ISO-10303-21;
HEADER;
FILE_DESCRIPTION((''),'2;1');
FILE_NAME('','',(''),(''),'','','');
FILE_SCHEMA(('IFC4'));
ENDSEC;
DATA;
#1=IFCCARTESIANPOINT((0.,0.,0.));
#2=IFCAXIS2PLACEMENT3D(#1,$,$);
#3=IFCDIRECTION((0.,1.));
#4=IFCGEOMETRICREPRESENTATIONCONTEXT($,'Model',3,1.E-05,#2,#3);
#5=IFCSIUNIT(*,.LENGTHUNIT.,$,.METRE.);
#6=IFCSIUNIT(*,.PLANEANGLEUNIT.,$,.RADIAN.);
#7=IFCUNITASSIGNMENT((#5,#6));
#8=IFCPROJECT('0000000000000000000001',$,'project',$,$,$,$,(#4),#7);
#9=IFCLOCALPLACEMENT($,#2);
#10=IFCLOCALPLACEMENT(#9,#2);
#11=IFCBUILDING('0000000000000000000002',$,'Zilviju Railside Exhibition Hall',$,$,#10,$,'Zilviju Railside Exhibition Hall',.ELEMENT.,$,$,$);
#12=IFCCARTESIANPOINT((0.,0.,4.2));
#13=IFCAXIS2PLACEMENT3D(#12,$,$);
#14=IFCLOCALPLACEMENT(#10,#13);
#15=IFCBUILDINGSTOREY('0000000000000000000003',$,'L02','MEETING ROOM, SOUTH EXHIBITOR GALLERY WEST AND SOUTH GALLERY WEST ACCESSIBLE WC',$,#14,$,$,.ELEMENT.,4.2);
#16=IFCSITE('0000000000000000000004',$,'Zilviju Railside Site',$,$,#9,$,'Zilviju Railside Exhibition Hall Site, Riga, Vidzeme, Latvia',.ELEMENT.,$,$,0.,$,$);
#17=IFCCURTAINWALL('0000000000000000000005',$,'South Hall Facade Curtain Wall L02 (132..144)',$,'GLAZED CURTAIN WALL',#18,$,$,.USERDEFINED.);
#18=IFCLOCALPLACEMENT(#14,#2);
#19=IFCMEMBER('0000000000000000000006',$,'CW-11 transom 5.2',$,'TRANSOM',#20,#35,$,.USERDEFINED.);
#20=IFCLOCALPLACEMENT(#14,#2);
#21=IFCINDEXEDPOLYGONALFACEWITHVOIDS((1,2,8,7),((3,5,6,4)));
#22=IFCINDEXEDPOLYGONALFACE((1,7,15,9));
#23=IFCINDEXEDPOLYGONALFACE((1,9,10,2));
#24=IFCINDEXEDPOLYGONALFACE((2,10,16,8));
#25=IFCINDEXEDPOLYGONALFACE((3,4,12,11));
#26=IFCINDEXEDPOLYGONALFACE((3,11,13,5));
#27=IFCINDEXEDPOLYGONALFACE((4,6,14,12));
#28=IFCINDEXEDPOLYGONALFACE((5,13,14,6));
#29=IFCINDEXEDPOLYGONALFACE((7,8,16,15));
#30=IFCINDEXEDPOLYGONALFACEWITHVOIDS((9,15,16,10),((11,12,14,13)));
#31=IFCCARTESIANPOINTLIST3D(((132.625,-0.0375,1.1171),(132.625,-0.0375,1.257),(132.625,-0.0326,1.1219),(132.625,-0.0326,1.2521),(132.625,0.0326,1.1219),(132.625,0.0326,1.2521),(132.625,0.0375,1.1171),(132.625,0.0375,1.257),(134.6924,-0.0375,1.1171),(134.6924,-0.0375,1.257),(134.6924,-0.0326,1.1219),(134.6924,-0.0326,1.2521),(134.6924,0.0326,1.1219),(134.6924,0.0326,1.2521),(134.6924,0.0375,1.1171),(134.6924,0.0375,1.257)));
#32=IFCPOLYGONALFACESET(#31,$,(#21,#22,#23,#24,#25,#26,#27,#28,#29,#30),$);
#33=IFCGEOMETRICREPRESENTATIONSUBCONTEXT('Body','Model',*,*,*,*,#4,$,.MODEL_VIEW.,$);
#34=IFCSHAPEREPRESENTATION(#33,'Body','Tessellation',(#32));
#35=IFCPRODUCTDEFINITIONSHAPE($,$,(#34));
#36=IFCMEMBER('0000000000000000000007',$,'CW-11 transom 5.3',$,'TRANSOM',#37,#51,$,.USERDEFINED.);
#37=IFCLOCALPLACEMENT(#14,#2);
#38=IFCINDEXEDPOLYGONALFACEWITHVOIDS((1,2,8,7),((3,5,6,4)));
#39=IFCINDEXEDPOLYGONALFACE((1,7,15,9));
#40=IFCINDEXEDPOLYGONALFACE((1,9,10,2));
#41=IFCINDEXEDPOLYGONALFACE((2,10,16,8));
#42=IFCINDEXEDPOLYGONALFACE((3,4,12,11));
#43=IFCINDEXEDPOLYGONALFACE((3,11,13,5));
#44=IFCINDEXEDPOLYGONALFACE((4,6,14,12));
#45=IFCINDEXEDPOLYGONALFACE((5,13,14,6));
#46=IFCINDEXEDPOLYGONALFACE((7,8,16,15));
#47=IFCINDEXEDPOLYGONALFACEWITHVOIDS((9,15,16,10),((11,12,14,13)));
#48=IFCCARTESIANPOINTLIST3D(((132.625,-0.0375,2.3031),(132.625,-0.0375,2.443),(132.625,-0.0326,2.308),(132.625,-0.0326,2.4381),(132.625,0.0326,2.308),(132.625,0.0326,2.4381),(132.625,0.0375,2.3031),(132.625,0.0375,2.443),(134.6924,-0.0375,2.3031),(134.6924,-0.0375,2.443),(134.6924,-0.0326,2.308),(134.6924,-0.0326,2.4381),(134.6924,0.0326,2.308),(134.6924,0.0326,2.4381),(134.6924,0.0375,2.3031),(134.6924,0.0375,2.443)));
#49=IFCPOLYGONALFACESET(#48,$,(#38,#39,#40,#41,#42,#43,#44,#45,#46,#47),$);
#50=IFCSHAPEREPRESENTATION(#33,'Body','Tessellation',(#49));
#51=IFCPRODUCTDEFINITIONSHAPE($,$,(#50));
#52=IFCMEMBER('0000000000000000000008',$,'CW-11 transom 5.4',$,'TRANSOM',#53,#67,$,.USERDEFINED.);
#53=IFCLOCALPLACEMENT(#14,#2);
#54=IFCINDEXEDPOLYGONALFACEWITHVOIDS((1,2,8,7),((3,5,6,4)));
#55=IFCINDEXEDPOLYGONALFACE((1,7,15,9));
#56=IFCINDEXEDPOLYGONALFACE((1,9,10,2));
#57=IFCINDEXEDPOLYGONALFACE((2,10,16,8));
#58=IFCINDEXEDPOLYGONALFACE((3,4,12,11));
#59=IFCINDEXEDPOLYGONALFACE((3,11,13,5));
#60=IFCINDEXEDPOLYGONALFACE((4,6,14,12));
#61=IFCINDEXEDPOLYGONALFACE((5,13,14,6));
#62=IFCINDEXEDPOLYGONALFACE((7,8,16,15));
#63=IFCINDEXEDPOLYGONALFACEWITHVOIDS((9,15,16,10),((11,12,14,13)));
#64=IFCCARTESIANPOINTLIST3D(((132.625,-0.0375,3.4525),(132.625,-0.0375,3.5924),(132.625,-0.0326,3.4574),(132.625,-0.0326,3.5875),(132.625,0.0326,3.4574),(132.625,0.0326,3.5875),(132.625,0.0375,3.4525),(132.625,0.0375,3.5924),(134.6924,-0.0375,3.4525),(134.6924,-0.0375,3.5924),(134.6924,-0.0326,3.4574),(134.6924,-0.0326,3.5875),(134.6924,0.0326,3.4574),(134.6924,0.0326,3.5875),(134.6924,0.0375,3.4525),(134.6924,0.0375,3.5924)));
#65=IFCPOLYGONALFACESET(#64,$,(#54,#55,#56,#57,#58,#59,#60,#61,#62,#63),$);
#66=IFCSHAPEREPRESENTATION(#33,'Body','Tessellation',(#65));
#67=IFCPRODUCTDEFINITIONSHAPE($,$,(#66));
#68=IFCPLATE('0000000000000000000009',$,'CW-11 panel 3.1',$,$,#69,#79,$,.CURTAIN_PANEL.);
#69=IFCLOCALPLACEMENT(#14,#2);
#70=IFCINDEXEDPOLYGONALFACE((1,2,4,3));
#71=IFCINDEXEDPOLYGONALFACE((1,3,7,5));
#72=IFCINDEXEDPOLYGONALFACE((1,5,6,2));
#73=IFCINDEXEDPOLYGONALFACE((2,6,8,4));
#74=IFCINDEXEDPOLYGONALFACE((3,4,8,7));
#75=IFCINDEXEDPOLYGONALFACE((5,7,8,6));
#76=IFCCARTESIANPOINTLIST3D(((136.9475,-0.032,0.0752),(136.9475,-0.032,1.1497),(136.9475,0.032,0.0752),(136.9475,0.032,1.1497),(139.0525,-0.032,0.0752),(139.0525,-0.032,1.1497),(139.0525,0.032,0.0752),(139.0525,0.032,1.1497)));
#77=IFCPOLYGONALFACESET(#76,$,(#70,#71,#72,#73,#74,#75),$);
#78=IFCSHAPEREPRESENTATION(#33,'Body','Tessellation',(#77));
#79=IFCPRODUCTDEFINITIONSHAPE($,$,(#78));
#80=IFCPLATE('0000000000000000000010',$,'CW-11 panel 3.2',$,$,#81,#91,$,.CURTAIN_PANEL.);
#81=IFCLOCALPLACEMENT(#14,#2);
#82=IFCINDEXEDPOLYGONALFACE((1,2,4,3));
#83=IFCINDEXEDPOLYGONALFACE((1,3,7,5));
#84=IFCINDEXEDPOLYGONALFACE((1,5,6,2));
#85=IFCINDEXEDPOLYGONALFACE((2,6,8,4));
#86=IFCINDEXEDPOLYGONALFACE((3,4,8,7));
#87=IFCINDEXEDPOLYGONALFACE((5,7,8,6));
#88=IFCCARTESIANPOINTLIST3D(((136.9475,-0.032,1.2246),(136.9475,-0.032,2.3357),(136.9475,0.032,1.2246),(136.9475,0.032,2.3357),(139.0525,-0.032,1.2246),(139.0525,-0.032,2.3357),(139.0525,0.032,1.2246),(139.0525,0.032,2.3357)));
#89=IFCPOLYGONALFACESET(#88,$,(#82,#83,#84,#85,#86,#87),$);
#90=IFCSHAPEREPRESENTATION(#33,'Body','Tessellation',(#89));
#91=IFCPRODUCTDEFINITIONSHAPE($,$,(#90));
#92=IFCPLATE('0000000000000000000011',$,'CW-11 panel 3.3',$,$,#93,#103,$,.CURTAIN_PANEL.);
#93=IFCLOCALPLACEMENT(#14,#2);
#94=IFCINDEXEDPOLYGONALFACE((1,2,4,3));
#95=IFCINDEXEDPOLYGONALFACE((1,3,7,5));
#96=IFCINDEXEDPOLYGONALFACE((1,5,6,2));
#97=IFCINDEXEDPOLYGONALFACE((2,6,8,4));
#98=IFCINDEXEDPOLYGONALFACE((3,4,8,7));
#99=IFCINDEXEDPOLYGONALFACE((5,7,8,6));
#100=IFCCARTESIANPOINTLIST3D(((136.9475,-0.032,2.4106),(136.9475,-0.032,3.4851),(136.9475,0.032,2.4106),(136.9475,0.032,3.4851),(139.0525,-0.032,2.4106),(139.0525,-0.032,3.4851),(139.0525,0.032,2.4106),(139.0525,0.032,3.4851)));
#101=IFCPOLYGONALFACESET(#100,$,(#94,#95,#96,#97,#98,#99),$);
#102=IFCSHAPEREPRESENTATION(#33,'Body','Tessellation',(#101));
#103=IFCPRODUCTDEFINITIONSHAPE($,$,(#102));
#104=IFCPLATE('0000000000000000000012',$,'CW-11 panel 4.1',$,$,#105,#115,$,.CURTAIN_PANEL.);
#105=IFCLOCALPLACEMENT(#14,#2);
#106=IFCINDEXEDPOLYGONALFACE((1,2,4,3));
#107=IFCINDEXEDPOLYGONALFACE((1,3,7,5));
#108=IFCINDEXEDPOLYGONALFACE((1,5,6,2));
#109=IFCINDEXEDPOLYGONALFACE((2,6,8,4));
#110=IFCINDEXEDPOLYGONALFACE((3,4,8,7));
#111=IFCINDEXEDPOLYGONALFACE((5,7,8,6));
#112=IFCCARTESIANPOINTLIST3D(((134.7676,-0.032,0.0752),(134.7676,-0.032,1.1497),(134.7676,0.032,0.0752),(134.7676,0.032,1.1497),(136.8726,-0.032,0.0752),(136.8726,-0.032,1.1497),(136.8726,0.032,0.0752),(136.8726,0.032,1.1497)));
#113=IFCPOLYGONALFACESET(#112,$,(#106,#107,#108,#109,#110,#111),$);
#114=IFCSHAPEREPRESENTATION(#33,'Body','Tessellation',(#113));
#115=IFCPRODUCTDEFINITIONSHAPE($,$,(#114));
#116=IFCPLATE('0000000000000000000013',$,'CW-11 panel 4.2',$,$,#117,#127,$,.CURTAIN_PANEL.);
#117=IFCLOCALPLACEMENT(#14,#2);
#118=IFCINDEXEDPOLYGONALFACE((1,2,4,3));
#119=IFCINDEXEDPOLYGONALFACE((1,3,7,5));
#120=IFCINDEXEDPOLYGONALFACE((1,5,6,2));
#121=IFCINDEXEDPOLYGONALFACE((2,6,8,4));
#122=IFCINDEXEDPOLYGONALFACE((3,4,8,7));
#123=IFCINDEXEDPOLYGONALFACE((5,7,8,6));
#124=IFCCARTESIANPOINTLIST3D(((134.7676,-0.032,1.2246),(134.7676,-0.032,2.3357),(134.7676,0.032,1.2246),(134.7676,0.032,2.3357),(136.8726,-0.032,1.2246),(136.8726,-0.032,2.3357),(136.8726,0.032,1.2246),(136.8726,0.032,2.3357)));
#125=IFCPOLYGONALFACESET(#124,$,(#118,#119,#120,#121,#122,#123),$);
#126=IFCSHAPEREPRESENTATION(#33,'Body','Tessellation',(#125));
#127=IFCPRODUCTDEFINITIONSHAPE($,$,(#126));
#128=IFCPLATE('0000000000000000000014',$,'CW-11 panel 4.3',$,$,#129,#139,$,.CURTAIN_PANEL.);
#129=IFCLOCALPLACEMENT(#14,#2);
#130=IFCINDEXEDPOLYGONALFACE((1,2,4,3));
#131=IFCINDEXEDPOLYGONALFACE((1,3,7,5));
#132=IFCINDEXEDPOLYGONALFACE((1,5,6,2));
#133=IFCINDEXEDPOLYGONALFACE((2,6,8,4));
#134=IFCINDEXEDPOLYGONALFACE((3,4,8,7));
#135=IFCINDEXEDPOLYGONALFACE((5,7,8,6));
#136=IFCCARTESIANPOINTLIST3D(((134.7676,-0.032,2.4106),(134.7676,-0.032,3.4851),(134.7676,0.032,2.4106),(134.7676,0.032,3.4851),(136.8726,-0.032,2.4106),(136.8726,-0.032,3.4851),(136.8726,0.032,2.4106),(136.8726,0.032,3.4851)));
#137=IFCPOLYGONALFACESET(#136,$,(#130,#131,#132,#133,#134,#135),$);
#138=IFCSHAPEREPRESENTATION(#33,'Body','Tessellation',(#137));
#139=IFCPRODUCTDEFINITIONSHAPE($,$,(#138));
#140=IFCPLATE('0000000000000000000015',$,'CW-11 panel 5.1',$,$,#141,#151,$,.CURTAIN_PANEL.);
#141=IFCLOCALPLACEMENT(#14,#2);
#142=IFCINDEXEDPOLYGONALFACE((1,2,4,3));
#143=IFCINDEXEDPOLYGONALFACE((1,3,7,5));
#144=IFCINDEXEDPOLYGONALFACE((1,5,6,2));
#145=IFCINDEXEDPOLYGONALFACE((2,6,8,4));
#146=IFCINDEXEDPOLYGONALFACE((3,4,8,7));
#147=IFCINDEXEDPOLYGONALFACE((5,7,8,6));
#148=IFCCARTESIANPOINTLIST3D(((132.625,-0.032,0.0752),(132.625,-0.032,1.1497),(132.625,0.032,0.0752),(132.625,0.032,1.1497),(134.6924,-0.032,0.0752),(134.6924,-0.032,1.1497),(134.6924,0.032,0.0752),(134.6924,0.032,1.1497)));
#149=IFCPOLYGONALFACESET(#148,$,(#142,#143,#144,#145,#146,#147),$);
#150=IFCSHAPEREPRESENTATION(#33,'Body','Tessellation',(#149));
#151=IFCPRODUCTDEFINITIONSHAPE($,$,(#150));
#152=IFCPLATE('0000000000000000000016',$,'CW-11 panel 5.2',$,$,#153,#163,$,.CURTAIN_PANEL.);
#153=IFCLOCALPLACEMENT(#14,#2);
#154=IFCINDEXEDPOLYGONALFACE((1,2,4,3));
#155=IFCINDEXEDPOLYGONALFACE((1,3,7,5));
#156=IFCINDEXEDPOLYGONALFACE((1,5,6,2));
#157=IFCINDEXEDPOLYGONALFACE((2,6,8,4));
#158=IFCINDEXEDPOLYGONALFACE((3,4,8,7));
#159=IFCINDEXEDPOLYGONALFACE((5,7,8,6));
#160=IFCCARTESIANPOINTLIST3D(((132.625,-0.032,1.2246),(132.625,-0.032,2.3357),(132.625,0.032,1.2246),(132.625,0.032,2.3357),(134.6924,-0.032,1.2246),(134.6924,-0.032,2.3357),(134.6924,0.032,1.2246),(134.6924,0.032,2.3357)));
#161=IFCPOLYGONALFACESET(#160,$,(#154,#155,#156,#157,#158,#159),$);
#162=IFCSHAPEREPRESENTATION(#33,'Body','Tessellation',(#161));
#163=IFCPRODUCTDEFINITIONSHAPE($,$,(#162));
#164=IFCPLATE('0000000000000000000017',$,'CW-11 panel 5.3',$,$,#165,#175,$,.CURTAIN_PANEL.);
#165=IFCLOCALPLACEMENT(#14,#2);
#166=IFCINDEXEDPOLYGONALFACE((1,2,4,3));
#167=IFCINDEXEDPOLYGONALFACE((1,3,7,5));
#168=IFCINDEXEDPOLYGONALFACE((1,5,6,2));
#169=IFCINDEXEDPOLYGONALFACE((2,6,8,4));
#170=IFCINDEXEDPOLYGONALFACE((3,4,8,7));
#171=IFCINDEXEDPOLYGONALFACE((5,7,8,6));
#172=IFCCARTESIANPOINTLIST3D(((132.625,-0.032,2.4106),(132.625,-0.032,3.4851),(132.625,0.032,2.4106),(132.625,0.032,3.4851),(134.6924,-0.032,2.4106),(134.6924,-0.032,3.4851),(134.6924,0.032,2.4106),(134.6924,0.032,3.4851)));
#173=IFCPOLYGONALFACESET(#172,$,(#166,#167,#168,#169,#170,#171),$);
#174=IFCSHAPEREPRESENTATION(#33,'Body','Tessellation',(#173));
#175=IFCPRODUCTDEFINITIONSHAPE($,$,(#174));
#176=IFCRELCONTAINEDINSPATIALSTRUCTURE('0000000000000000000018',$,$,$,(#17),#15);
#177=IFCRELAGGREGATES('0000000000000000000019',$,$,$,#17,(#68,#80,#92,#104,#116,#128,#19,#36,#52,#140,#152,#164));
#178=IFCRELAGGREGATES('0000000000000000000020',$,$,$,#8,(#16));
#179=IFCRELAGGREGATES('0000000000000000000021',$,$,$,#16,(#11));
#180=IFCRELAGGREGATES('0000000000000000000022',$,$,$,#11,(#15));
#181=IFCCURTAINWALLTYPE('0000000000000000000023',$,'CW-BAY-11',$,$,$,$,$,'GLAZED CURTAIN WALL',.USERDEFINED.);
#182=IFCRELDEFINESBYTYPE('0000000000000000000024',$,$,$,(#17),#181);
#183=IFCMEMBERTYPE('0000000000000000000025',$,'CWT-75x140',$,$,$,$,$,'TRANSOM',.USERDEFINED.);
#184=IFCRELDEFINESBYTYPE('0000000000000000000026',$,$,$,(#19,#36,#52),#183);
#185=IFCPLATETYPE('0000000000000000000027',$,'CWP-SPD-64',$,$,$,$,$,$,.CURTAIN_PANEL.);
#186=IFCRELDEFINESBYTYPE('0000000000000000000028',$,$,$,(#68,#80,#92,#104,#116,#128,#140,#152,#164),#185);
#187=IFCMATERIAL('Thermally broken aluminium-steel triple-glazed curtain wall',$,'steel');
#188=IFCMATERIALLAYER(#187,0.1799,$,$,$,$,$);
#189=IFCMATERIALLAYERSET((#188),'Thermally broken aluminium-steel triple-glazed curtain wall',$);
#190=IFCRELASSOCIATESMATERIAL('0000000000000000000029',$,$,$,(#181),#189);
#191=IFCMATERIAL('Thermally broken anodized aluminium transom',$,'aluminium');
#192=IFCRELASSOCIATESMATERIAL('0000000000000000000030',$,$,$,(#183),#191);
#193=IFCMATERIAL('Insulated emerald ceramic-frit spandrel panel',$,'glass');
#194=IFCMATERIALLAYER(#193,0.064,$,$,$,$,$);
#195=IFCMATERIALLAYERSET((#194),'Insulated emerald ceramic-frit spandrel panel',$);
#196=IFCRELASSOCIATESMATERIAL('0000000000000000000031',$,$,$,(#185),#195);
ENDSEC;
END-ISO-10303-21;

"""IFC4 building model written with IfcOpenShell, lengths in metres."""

from ifc_helpers import new_model, si_unit, direction, frame, origin, origin_2d, place, context, subcontext, project, spatial, rectangle, hollow_rectangle, extrude, material, layer, layer_set, material_profile, profile_set, type_object, element, aggregate, save


model = new_model("IFC4")

# Units and contexts
model_context = context("Model", 3, precision=1e-05, world=origin(), true_north=direction((0.0, 1.0)))
body_context = subcontext(model_context, "Body", "Model", "MODEL_VIEW")
ifc_project = project(units=[si_unit("LENGTHUNIT", "METRE"), si_unit("PLANEANGLEUNIT", "RADIAN")], contexts=[model_context])

# Site, building, storey
site_placement = place(None, origin())
site = spatial("IfcSite", under=ifc_project, at=site_placement, Name="Zilviju Railside Site", LongName="Zilviju Railside Exhibition Hall Site, Riga, Vidzeme, Latvia", CompositionType="ELEMENT", RefElevation=0.0)
building_placement = place(site_placement, origin())
building = spatial("IfcBuilding", under=site, at=building_placement, Name="Zilviju Railside Exhibition Hall", LongName="Zilviju Railside Exhibition Hall", CompositionType="ELEMENT")
storey_placement = place(building_placement, frame((0.0, 0.0, 4.2)))
storey = spatial("IfcBuildingStorey", under=building, at=storey_placement, Name="L02", Description="MEETING ROOM, SOUTH EXHIBITOR GALLERY WEST AND SOUTH GALLERY WEST ACCESSIBLE WC", CompositionType="ELEMENT", Elevation=4.2)

# Curtain wall, members, plates
ifc_material_1 = material(Name="Thermally broken aluminium-steel triple-glazed curtain wall", Category="steel")
ifc_layer_1 = layer(ifc_material_1, 0.1799)
ifc_layer_set_1 = layer_set([ifc_layer_1], Name="Thermally broken aluminium-steel triple-glazed curtain wall")
curtain_wall_type = type_object("IfcCurtainWallType", Name="CW-BAY-11", ElementType="GLAZED CURTAIN WALL", PredefinedType="USERDEFINED", material=ifc_layer_set_1)
curtain_wall_placement = place(storey_placement, origin())
curtain_wall = element("IfcCurtainWall", 1, at=curtain_wall_placement, inside=storey, type_object=curtain_wall_type, Name="South Hall Facade Curtain Wall L02 (132..144)", ObjectType="GLAZED CURTAIN WALL", PredefinedType="USERDEFINED")
ifc_material_2 = material(Name="Thermally broken anodized aluminium transom", Category="aluminium")
ifc_material_profile_1 = material_profile(ifc_material_2, hollow_rectangle(XDim=0.075, YDim=0.1399, WallThickness=0.0049, at=origin_2d()), Name="TRANSOM 140x75x5")
ifc_profile_set_1 = profile_set([ifc_material_profile_1], Name="Thermally broken anodized aluminium transom")
member_type_1 = type_object("IfcMemberType", Name="CWT-75x140", ElementType="TRANSOM", PredefinedType="USERDEFINED", material=ifc_profile_set_1)
member_1_placement = place(storey_placement, frame((134.6924, 0.0, 1.187), z_axis=(-1.0, 0.0, 0.0), x_axis=(0.0, -1.0, 0.0)))
member_1 = element("IfcMember", 2, at=member_1_placement, type_object=member_type_1, Name="CW-11 transom 5.2", ObjectType="TRANSOM", PredefinedType="USERDEFINED", context=body_context, shape_type="SweptSolid", body=[
    extrude(hollow_rectangle(XDim=0.075, YDim=0.1399, WallThickness=0.0049, at=origin_2d()), origin(), (0.0, 0.0, 1.0), 2.0674),
])
member_2_placement = place(storey_placement, frame((134.6924, 0.0, 2.373), z_axis=(-1.0, 0.0, 0.0), x_axis=(0.0, -1.0, 0.0)))
member_2 = element("IfcMember", 3, at=member_2_placement, type_object=member_type_1, Name="CW-11 transom 5.3", ObjectType="TRANSOM", PredefinedType="USERDEFINED", context=body_context, shape_type="SweptSolid", body=[
    extrude(hollow_rectangle(XDim=0.075, YDim=0.1399, WallThickness=0.0049, at=origin_2d()), origin(), (0.0, 0.0, 1.0), 2.0674),
])
member_3_placement = place(storey_placement, frame((134.6924, 0.0, 3.5225), z_axis=(-1.0, 0.0, 0.0), x_axis=(0.0, -1.0, 0.0)))
member_3 = element("IfcMember", 4, at=member_3_placement, type_object=member_type_1, Name="CW-11 transom 5.4", ObjectType="TRANSOM", PredefinedType="USERDEFINED", context=body_context, shape_type="SweptSolid", body=[
    extrude(hollow_rectangle(XDim=0.075, YDim=0.1399, WallThickness=0.0049, at=origin_2d()), origin(), (0.0, 0.0, 1.0), 2.0674),
])
ifc_material_3 = material(Name="Insulated emerald ceramic-frit spandrel panel", Category="glass")
ifc_layer_2 = layer(ifc_material_3, 0.064)
ifc_layer_set_2 = layer_set([ifc_layer_2], Name="Insulated emerald ceramic-frit spandrel panel")
plate_type = type_object("IfcPlateType", Name="CWP-SPD-64", PredefinedType="CURTAIN_PANEL", material=ifc_layer_set_2)
plate_1_placement = place(storey_placement, frame((138.0, 0.0, 0.0752), z_axis=(0.0, 0.0, 1.0), x_axis=(-1.0, 0.0, 0.0)))
plate_1 = element("IfcPlate", 5, at=plate_1_placement, type_object=plate_type, Name="CW-11 panel 3.1", PredefinedType="CURTAIN_PANEL", context=body_context, shape_type="SweptSolid", body=[
    extrude(rectangle(XDim=2.105, YDim=0.064, at=origin_2d()), origin(), (0.0, 0.0, 1.0), 1.0745),
])
plate_2_placement = place(storey_placement, frame((138.0, 0.0, 1.2246), z_axis=(0.0, 0.0, 1.0), x_axis=(-1.0, 0.0, 0.0)))
plate_2 = element("IfcPlate", 6, at=plate_2_placement, type_object=plate_type, Name="CW-11 panel 3.2", PredefinedType="CURTAIN_PANEL", context=body_context, shape_type="SweptSolid", body=[
    extrude(rectangle(XDim=2.105, YDim=0.064, at=origin_2d()), origin(), (0.0, 0.0, 1.0), 1.1111),
])
plate_3_placement = place(storey_placement, frame((138.0, 0.0, 2.4106), z_axis=(0.0, 0.0, 1.0), x_axis=(-1.0, 0.0, 0.0)))
plate_3 = element("IfcPlate", 7, at=plate_3_placement, type_object=plate_type, Name="CW-11 panel 3.3", PredefinedType="CURTAIN_PANEL", context=body_context, shape_type="SweptSolid", body=[
    extrude(rectangle(XDim=2.105, YDim=0.064, at=origin_2d()), origin(), (0.0, 0.0, 1.0), 1.0745),
])
plate_4_placement = place(storey_placement, frame((135.8201, 0.0, 0.0752), z_axis=(0.0, 0.0, 1.0), x_axis=(-1.0, 0.0, 0.0)))
plate_4 = element("IfcPlate", 8, at=plate_4_placement, type_object=plate_type, Name="CW-11 panel 4.1", PredefinedType="CURTAIN_PANEL", context=body_context, shape_type="SweptSolid", body=[
    extrude(rectangle(XDim=2.105, YDim=0.064, at=origin_2d()), origin(), (0.0, 0.0, 1.0), 1.0745),
])
plate_5_placement = place(storey_placement, frame((135.8201, 0.0, 1.2246), z_axis=(0.0, 0.0, 1.0), x_axis=(-1.0, 0.0, 0.0)))
plate_5 = element("IfcPlate", 9, at=plate_5_placement, type_object=plate_type, Name="CW-11 panel 4.2", PredefinedType="CURTAIN_PANEL", context=body_context, shape_type="SweptSolid", body=[
    extrude(rectangle(XDim=2.105, YDim=0.064, at=origin_2d()), origin(), (0.0, 0.0, 1.0), 1.1111),
])
plate_6_placement = place(storey_placement, frame((135.8201, 0.0, 2.4106), z_axis=(0.0, 0.0, 1.0), x_axis=(-1.0, 0.0, 0.0)))
plate_6 = element("IfcPlate", 10, at=plate_6_placement, type_object=plate_type, Name="CW-11 panel 4.3", PredefinedType="CURTAIN_PANEL", context=body_context, shape_type="SweptSolid", body=[
    extrude(rectangle(XDim=2.105, YDim=0.064, at=origin_2d()), origin(), (0.0, 0.0, 1.0), 1.0745),
])
plate_7_placement = place(storey_placement, frame((133.6587, 0.0, 0.0752), z_axis=(0.0, 0.0, 1.0), x_axis=(-1.0, 0.0, 0.0)))
plate_7 = element("IfcPlate", 11, at=plate_7_placement, type_object=plate_type, Name="CW-11 panel 5.1", PredefinedType="CURTAIN_PANEL", context=body_context, shape_type="SweptSolid", body=[
    extrude(rectangle(XDim=2.0674, YDim=0.064, at=origin_2d()), origin(), (0.0, 0.0, 1.0), 1.0745),
])
plate_8_placement = place(storey_placement, frame((133.6587, 0.0, 1.2246), z_axis=(0.0, 0.0, 1.0), x_axis=(-1.0, 0.0, 0.0)))
plate_8 = element("IfcPlate", 12, at=plate_8_placement, type_object=plate_type, Name="CW-11 panel 5.2", PredefinedType="CURTAIN_PANEL", context=body_context, shape_type="SweptSolid", body=[
    extrude(rectangle(XDim=2.0674, YDim=0.064, at=origin_2d()), origin(), (0.0, 0.0, 1.0), 1.1111),
])
plate_9_placement = place(storey_placement, frame((133.6587, 0.0, 2.4106), z_axis=(0.0, 0.0, 1.0), x_axis=(-1.0, 0.0, 0.0)))
plate_9 = element("IfcPlate", 13, at=plate_9_placement, type_object=plate_type, Name="CW-11 panel 5.3", PredefinedType="CURTAIN_PANEL", context=body_context, shape_type="SweptSolid", body=[
    extrude(rectangle(XDim=2.0674, YDim=0.064, at=origin_2d()), origin(), (0.0, 0.0, 1.0), 1.0745),
])
aggregate(curtain_wall, [plate_1, plate_2, plate_3, plate_4, plate_5, plate_6, member_1, member_2, member_3, plate_7, plate_8, plate_9])

save(model, "model.ifc")
